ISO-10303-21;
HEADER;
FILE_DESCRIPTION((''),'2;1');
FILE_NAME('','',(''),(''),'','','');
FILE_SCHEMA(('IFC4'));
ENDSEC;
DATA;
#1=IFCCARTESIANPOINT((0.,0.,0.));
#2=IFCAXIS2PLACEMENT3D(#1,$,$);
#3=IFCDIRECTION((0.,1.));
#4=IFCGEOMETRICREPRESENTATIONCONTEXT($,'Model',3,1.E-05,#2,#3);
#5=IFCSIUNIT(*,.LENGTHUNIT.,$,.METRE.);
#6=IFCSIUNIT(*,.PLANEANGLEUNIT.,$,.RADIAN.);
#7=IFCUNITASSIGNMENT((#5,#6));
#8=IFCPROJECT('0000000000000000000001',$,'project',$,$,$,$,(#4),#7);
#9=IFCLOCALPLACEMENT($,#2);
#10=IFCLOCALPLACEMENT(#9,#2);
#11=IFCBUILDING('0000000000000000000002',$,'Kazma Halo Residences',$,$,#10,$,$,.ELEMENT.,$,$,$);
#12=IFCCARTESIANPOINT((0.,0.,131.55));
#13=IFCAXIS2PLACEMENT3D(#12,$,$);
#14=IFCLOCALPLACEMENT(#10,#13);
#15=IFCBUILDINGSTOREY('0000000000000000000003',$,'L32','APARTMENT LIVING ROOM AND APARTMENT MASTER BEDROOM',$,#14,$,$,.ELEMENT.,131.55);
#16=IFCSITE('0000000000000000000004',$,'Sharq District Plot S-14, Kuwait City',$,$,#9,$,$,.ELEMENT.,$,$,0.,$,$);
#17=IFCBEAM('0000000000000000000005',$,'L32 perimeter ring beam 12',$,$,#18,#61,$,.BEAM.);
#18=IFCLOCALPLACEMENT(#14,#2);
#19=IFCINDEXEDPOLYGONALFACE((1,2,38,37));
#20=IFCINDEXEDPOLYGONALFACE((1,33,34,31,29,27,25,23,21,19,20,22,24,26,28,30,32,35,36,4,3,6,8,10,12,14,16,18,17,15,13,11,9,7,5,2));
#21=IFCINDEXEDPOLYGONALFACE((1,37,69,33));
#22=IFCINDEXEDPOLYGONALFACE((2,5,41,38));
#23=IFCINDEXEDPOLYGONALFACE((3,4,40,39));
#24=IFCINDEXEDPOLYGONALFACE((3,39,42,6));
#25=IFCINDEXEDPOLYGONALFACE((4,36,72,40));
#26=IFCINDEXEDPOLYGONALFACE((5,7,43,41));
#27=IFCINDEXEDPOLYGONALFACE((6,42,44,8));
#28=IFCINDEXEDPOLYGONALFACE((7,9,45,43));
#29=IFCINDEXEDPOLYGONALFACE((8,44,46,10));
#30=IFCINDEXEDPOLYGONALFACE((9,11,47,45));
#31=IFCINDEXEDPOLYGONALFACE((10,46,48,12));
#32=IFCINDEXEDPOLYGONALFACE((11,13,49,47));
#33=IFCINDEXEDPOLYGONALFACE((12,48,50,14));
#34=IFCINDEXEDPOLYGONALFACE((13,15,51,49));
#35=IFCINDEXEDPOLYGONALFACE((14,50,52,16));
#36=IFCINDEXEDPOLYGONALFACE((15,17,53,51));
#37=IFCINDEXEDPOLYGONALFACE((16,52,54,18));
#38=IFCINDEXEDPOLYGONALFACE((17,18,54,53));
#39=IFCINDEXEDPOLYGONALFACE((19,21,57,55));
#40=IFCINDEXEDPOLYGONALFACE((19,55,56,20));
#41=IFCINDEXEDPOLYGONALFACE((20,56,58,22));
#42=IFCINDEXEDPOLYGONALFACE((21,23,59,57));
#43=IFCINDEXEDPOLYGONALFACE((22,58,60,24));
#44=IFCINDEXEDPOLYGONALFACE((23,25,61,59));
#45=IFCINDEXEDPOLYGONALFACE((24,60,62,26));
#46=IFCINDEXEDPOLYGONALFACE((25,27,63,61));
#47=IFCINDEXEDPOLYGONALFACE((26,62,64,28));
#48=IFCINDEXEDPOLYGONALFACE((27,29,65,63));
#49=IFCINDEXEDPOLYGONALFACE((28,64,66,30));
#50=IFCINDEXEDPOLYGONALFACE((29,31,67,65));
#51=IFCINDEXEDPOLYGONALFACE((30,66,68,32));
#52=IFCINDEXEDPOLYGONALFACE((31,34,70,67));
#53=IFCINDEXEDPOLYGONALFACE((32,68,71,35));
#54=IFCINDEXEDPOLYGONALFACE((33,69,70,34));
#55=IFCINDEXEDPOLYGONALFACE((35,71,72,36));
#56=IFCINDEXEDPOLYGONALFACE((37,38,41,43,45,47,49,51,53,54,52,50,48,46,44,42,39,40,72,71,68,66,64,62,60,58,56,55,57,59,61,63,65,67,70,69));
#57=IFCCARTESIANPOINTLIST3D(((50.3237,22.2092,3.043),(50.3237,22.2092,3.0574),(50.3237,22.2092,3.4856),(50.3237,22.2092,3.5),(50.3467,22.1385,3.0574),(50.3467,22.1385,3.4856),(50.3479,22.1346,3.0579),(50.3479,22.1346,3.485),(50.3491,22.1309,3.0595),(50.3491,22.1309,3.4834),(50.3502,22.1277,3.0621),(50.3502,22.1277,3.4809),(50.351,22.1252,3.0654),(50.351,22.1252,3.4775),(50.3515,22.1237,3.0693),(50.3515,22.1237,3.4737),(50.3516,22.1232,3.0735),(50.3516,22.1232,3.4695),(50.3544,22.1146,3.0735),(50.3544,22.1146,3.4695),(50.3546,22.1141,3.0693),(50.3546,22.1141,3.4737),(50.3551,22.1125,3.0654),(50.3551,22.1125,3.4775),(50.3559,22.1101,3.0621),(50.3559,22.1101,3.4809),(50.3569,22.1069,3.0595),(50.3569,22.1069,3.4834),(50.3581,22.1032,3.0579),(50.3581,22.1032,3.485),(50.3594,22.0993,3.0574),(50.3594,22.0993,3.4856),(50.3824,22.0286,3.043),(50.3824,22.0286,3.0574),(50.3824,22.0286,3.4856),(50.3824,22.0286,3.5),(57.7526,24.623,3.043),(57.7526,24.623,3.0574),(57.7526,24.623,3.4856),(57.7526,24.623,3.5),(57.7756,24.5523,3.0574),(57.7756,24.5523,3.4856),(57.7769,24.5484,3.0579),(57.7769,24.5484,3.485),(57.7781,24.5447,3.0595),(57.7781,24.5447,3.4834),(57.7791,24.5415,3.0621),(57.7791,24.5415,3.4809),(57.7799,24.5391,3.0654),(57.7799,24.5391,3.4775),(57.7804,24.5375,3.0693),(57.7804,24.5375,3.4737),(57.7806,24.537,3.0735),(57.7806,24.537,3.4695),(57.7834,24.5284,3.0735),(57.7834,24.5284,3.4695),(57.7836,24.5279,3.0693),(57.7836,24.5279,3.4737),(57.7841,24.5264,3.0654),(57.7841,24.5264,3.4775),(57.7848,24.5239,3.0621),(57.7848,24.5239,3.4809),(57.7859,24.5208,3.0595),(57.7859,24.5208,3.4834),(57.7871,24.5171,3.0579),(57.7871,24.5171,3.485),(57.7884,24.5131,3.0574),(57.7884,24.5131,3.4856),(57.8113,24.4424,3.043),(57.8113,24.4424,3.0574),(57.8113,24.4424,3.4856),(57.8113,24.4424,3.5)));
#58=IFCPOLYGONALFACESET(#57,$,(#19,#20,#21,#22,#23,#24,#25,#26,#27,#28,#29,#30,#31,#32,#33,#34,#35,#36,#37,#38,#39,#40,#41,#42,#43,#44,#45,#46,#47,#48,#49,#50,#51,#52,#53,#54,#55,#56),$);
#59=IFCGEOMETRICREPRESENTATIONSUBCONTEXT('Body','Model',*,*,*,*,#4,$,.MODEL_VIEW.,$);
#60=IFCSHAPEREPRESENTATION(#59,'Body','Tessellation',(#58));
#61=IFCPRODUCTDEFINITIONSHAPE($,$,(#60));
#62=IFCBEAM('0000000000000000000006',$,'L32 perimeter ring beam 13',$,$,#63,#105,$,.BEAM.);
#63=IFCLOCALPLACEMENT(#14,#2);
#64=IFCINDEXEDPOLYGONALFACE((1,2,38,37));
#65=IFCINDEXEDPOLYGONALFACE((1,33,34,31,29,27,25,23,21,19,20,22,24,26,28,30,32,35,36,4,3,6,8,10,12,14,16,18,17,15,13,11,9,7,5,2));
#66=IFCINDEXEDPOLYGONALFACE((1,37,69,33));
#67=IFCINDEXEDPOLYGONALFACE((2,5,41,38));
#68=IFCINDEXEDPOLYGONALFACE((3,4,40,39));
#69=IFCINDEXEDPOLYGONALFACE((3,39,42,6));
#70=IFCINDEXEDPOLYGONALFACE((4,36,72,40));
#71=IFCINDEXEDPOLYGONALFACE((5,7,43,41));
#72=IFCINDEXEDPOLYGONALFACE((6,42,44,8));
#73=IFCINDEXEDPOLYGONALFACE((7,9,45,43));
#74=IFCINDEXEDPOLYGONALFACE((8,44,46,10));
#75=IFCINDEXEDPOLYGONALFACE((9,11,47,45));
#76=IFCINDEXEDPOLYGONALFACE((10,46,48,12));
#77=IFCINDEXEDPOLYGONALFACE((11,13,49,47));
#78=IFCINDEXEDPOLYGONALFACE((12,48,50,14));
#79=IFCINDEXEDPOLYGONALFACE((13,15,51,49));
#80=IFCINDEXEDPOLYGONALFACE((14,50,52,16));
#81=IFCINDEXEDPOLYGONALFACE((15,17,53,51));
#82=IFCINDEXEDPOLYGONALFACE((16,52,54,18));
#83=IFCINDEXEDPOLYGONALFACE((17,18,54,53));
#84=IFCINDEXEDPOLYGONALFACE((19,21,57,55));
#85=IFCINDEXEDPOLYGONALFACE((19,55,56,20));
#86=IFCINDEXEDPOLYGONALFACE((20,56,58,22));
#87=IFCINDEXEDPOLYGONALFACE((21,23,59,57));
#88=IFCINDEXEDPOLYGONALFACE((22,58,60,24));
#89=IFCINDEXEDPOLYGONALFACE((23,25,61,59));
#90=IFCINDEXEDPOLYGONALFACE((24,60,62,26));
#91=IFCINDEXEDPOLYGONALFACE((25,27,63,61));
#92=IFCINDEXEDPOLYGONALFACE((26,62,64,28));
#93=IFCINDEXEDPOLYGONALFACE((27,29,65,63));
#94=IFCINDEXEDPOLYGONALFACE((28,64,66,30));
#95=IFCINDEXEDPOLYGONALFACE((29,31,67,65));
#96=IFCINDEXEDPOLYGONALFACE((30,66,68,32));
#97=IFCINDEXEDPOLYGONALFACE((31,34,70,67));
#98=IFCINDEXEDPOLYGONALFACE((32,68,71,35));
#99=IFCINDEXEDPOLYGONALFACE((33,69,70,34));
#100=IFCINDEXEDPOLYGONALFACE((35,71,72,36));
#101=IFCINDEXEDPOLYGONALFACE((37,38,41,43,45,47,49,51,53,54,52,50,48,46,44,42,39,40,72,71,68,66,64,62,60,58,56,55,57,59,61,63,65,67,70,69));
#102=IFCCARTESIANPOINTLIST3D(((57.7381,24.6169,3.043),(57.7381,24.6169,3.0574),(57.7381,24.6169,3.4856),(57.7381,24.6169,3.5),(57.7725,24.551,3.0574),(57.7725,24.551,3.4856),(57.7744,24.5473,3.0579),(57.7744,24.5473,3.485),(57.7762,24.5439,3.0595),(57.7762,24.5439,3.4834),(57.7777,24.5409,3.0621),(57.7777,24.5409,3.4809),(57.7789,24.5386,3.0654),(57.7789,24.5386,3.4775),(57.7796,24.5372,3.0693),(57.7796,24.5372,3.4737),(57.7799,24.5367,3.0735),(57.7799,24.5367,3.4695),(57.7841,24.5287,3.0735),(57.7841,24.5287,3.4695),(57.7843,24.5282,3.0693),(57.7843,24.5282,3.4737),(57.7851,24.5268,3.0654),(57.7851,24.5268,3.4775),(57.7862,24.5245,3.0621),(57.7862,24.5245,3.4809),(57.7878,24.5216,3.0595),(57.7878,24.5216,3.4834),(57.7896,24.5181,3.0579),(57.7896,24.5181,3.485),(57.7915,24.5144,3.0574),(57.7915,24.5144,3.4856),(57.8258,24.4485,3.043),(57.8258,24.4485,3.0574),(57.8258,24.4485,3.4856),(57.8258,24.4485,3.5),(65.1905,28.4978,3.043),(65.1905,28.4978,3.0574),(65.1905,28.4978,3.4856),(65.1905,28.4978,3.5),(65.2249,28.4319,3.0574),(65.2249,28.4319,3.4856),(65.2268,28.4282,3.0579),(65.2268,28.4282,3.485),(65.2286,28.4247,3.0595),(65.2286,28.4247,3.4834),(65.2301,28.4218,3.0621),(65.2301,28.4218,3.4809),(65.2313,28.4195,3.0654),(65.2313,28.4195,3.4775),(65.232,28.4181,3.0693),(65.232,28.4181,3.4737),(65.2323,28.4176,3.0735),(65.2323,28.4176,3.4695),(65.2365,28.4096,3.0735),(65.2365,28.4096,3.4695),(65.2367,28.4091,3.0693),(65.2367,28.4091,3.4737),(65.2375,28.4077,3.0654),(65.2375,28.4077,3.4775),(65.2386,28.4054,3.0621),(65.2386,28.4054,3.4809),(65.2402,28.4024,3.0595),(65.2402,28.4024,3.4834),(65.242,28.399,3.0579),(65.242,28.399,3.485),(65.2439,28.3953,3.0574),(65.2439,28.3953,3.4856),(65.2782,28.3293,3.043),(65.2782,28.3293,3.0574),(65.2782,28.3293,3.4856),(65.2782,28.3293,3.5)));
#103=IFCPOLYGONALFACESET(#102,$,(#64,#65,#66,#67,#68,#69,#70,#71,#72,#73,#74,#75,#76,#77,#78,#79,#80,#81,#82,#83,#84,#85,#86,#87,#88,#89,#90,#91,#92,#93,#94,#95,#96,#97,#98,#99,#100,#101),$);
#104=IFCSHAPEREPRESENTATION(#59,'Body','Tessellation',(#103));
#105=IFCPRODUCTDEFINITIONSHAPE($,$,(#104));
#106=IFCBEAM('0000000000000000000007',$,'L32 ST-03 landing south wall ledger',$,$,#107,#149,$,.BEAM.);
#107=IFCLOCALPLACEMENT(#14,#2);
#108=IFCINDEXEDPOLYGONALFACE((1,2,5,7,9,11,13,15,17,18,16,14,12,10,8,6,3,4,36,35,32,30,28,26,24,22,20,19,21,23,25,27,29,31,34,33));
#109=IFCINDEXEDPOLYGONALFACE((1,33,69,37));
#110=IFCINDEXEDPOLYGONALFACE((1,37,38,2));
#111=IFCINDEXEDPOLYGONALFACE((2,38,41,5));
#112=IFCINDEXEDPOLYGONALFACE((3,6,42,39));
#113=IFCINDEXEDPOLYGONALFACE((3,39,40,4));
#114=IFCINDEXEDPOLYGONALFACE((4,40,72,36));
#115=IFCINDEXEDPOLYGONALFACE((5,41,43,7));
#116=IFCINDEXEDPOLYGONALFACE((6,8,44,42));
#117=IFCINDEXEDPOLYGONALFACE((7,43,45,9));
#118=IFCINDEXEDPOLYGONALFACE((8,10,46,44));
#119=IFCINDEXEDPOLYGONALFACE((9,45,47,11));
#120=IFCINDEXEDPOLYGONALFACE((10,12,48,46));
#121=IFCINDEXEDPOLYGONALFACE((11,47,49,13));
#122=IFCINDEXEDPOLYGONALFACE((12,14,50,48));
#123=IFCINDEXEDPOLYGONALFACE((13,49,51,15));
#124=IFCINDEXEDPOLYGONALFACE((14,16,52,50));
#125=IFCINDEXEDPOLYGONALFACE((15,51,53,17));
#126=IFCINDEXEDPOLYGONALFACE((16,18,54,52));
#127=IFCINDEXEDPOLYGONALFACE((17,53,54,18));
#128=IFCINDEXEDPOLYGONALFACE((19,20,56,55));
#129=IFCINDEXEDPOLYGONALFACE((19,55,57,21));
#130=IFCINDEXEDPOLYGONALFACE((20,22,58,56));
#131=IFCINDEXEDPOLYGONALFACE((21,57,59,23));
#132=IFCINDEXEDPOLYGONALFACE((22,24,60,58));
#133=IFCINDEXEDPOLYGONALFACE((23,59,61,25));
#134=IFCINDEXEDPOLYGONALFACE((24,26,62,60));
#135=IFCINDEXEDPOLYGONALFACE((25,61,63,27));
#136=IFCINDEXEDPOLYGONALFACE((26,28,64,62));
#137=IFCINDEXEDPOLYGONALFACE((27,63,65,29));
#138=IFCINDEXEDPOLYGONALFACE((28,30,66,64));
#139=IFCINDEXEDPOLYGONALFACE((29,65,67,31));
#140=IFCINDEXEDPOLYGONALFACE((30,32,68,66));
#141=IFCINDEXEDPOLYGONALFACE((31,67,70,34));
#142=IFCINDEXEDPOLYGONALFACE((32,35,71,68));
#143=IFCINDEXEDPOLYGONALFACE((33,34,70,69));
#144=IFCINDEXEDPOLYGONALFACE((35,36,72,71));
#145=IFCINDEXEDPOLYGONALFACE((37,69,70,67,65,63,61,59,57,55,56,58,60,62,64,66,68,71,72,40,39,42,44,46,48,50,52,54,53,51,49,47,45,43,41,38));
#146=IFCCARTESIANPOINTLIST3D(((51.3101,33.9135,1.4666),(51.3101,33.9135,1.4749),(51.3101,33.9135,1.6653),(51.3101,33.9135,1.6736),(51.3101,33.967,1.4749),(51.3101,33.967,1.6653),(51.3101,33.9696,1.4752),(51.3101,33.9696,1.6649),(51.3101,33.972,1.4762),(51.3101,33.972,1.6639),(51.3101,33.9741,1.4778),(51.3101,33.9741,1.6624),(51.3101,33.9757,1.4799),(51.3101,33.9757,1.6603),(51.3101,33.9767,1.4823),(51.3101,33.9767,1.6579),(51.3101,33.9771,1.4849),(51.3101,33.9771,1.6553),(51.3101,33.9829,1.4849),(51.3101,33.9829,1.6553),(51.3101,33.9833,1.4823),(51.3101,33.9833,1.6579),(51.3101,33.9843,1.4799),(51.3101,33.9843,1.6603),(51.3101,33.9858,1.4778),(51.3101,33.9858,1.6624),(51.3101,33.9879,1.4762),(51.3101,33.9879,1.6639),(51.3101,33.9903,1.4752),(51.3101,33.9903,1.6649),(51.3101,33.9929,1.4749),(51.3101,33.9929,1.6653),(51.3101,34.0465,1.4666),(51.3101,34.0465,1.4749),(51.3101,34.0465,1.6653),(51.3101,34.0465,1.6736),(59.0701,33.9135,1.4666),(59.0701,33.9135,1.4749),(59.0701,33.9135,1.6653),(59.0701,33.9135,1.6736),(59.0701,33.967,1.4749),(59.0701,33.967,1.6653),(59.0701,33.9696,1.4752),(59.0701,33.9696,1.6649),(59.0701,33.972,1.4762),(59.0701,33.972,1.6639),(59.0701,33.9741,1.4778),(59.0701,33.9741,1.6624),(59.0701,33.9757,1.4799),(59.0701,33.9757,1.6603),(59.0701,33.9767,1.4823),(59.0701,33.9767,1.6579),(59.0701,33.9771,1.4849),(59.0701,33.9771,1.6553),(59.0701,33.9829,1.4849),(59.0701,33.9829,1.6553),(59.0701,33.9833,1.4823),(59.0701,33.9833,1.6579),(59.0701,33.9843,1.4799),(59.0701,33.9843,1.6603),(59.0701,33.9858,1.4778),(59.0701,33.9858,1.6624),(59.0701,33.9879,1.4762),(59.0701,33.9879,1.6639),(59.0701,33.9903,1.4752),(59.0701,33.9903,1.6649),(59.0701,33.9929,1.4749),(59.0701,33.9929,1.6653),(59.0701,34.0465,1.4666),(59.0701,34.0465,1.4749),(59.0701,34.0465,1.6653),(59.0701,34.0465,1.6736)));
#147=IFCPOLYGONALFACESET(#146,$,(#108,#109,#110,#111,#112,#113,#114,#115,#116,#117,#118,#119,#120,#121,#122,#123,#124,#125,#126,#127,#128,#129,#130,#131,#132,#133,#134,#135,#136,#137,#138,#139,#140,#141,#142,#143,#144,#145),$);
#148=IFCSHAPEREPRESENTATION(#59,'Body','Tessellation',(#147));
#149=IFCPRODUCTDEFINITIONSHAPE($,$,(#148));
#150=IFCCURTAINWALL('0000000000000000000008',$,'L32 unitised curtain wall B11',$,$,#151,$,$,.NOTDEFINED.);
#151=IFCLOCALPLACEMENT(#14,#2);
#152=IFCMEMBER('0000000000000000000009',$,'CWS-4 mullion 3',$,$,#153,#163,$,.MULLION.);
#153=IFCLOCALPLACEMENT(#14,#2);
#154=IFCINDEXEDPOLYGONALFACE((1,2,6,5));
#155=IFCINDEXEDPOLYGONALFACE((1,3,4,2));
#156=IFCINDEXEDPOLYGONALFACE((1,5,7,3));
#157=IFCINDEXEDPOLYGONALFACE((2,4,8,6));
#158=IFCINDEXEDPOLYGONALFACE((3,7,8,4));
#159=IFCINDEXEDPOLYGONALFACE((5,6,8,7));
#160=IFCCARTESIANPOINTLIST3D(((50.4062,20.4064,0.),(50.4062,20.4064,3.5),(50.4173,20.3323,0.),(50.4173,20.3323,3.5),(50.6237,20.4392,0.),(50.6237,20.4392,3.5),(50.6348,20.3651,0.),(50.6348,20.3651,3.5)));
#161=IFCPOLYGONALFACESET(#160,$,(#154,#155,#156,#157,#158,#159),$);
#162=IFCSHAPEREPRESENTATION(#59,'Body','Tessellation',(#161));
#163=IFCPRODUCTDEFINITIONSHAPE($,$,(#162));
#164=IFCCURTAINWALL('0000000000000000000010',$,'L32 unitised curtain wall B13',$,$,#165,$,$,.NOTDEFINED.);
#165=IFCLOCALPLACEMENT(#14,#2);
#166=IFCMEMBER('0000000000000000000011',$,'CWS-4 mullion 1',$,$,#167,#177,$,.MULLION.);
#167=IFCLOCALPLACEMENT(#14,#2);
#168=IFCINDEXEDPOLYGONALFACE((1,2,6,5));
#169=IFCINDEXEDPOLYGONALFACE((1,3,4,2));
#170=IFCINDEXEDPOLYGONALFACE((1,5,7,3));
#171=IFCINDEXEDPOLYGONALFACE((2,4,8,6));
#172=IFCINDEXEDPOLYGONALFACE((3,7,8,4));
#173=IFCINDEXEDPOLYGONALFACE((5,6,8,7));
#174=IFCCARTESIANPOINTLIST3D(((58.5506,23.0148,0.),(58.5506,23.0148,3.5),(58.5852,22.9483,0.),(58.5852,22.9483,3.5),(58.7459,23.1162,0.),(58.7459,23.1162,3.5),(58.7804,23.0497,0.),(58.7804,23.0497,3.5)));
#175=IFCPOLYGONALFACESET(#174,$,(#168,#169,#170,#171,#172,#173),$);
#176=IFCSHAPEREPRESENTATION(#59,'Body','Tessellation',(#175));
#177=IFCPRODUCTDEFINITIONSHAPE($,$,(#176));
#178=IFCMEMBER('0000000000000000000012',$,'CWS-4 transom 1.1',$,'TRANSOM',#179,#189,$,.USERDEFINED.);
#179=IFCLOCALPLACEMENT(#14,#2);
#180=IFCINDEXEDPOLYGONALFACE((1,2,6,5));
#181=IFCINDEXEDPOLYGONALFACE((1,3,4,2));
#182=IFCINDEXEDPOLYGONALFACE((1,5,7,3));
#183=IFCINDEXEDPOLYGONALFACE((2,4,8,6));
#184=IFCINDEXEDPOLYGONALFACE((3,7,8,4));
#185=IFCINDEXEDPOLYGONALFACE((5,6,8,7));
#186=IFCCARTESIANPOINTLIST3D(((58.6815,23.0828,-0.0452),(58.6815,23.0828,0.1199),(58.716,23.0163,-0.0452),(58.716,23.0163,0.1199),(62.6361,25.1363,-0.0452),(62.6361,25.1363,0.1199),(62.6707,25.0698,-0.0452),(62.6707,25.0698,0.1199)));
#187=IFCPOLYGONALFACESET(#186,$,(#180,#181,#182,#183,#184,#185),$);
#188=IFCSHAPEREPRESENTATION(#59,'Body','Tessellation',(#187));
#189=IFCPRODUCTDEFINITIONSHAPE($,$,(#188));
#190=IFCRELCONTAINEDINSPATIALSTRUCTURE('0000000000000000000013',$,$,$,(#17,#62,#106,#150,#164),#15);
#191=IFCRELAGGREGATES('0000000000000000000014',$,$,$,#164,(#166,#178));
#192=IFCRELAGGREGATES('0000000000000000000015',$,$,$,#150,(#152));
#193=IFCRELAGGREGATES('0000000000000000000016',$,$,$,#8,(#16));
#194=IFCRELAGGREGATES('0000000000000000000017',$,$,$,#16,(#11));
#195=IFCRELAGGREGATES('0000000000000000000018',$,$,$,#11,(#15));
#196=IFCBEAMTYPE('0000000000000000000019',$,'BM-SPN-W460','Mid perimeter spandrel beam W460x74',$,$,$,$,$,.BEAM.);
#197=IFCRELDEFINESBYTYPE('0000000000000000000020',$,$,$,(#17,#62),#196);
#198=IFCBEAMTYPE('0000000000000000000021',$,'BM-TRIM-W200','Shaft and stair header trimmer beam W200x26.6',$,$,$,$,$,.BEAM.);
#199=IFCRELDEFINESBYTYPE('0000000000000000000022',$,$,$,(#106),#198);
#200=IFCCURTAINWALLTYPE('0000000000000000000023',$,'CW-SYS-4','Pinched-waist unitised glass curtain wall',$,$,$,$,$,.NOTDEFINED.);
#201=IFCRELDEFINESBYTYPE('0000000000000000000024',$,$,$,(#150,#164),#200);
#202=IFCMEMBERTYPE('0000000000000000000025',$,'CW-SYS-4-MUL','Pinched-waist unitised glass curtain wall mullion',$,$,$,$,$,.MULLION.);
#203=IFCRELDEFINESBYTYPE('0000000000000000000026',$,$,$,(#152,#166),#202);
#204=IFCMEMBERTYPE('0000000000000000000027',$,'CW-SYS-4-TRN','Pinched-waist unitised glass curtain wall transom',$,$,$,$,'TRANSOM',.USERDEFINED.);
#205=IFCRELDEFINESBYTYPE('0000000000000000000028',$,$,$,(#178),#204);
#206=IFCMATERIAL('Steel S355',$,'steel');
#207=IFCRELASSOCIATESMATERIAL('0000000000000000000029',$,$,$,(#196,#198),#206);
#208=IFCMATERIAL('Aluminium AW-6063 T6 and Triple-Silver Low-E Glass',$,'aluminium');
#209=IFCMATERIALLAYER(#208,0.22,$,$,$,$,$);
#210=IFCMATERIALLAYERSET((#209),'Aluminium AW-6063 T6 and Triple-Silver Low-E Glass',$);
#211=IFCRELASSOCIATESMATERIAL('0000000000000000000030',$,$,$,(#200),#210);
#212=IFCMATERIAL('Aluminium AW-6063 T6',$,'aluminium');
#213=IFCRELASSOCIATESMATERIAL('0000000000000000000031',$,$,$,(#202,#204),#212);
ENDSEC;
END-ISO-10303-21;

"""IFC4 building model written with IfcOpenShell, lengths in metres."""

from ifc_helpers import new_model, si_unit, direction, frame, origin, origin_2d, place, context, subcontext, project, spatial, rectangle, i_section, extrude, material, layer, layer_set, material_profile, profile_set, type_object, element, aggregate, save


model = new_model("IFC4")

# Units and contexts
model_context = context("Model", 3, precision=1e-05, world=origin(), true_north=direction((0.0, 1.0)))
body_context = subcontext(model_context, "Body", "Model", "MODEL_VIEW")
ifc_project = project(units=[si_unit("LENGTHUNIT", "METRE"), si_unit("PLANEANGLEUNIT", "RADIAN")], contexts=[model_context])

# Site, building, storey
site_placement = place(None, origin())
site = spatial("IfcSite", under=ifc_project, at=site_placement, Name="Sharq District Plot S-14, Kuwait City", CompositionType="ELEMENT", RefElevation=0.0)
building_placement = place(site_placement, origin())
building = spatial("IfcBuilding", under=site, at=building_placement, Name="Kazma Halo Residences", CompositionType="ELEMENT")
storey_placement = place(building_placement, frame((0.0, 0.0, 131.55)))
storey = spatial("IfcBuildingStorey", under=building, at=storey_placement, Name="L32", Description="APARTMENT LIVING ROOM AND APARTMENT MASTER BEDROOM", CompositionType="ELEMENT", Elevation=131.55)

# Beams
ifc_material_1 = material(Name="Steel S355", Category="steel")
ifc_material_profile_1 = material_profile(ifc_material_1, i_section(OverallWidth=0.1899, OverallDepth=0.457, WebThickness=0.009, FlangeThickness=0.0144, FilletRadius=0.0161, at=origin_2d()), Name="W460x74")
ifc_profile_set_1 = profile_set([ifc_material_profile_1], Name="Steel S355")
beam_type_1 = type_object("IfcBeamType", Name="BM-SPN-W460", Description="Mid perimeter spandrel beam W460x74", PredefinedType="BEAM", material=ifc_profile_set_1)
beam_1_placement = place(storey_placement, frame((50.353, 22.1189, 3.2715), z_axis=(0.951056, 0.309018, 0.0), x_axis=(-0.309018, 0.951056, 0.0)))
element("IfcBeam", 1, at=beam_1_placement, inside=storey, type_object=beam_type_1, Name="L32 perimeter ring beam 12", PredefinedType="BEAM", context=body_context, shape_type="SweptSolid", body=[
    extrude(i_section(OverallWidth=0.1899, OverallDepth=0.457, WebThickness=0.009, FlangeThickness=0.0144, FilletRadius=0.0161, at=origin_2d()), origin(), (0.0, 0.0, 1.0), 7.8113),
])
beam_2_placement = place(storey_placement, frame((57.782, 24.5327, 3.2715), z_axis=(0.886943, 0.461879, 0.0), x_axis=(-0.461879, 0.886943, 0.0)))
element("IfcBeam", 2, at=beam_2_placement, inside=storey, type_object=beam_type_1, Name="L32 perimeter ring beam 13", PredefinedType="BEAM", context=body_context, shape_type="SweptSolid", body=[
    extrude(i_section(OverallWidth=0.1899, OverallDepth=0.457, WebThickness=0.009, FlangeThickness=0.0144, FilletRadius=0.0161, at=origin_2d()), origin(), (0.0, 0.0, 1.0), 8.4023),
])
ifc_material_profile_2 = material_profile(ifc_material_1, i_section(OverallWidth=0.1331, OverallDepth=0.207, WebThickness=0.0059, FlangeThickness=0.0083, FilletRadius=0.01, at=origin_2d()), Name="W200x26.6")
ifc_profile_set_2 = profile_set([ifc_material_profile_2], Name="Steel S355")
beam_type_2 = type_object("IfcBeamType", Name="BM-TRIM-W200", Description="Shaft and stair header trimmer beam W200x26.6", PredefinedType="BEAM", material=ifc_profile_set_2)
beam_3_placement = place(storey_placement, frame((51.3101, 33.98, 1.5701), z_axis=(1.0, 0.0, 0.0), x_axis=(0.0, 1.0, 0.0)))
element("IfcBeam", 3, at=beam_3_placement, inside=storey, type_object=beam_type_2, Name="L32 ST-03 landing south wall ledger", PredefinedType="BEAM", context=body_context, shape_type="SweptSolid", body=[
    extrude(i_section(OverallWidth=0.1331, OverallDepth=0.207, WebThickness=0.0059, FlangeThickness=0.0083, FilletRadius=0.01, at=origin_2d()), origin(), (0.0, 0.0, 1.0), 7.76),
])

# Curtain wall, member
ifc_material_2 = material(Name="Aluminium AW-6063 T6 and Triple-Silver Low-E Glass", Category="aluminium")
ifc_layer_1 = layer(ifc_material_2, 0.22)
ifc_layer_set_1 = layer_set([ifc_layer_1], Name="Aluminium AW-6063 T6 and Triple-Silver Low-E Glass")
curtain_wall_type = type_object("IfcCurtainWallType", Name="CW-SYS-4", Description="Pinched-waist unitised glass curtain wall", PredefinedType="NOTDEFINED", material=ifc_layer_set_1)
curtain_wall_1_placement = place(storey_placement, origin())
curtain_wall_1 = element("IfcCurtainWall", 4, at=curtain_wall_1_placement, inside=storey, type_object=curtain_wall_type, Name="L32 unitised curtain wall B11", PredefinedType="NOTDEFINED")
ifc_material_3 = material(Name="Aluminium AW-6063 T6", Category="aluminium")
ifc_material_profile_3 = material_profile(ifc_material_3, rectangle(XDim=0.075, YDim=0.22, at=origin_2d()), Name="CWM-75x220")
ifc_profile_set_3 = profile_set([ifc_material_profile_3], Name="Aluminium AW-6063 T6")
member_type_1 = type_object("IfcMemberType", Name="CW-SYS-4-MUL", Description="Pinched-waist unitised glass curtain wall mullion", PredefinedType="MULLION", material=ifc_profile_set_3)
member_1_placement = place(storey_placement, frame((50.5205, 20.3857, 0.0), z_axis=(0.0, 0.0, 1.0), x_axis=(-0.148821, 0.988864, 0.0)))
member_1 = element("IfcMember", 5, at=member_1_placement, type_object=member_type_1, Name="CWS-4 mullion 3", PredefinedType="MULLION", context=body_context, shape_type="SweptSolid", body=[
    extrude(rectangle(XDim=0.075, YDim=0.22, at=origin_2d()), origin(), (0.0, 0.0, 1.0), 3.5),
])

# Curtain wall, members
curtain_wall_2_placement = place(storey_placement, origin())
curtain_wall_2 = element("IfcCurtainWall", 6, at=curtain_wall_2_placement, inside=storey, type_object=curtain_wall_type, Name="L32 unitised curtain wall B13", PredefinedType="NOTDEFINED")
member_2_placement = place(storey_placement, frame((58.6655, 23.0322, 0.0), z_axis=(0.0, 0.0, 1.0), x_axis=(-0.460837, 0.887485, 0.0)))
member_2 = element("IfcMember", 7, at=member_2_placement, type_object=member_type_1, Name="CWS-4 mullion 1", PredefinedType="MULLION", context=body_context, shape_type="SweptSolid", body=[
    extrude(rectangle(XDim=0.075, YDim=0.22, at=origin_2d()), origin(), (0.0, 0.0, 1.0), 3.5),
])
ifc_material_profile_4 = material_profile(ifc_material_3, rectangle(XDim=0.075, YDim=0.165, at=origin_2d()), Name="CWT-75x165")
ifc_profile_set_4 = profile_set([ifc_material_profile_4], Name="Aluminium AW-6063 T6")
member_type_2 = type_object("IfcMemberType", Name="CW-SYS-4-TRN", Description="Pinched-waist unitised glass curtain wall transom", ElementType="TRANSOM", PredefinedType="USERDEFINED", material=ifc_profile_set_4)
member_3_placement = place(storey_placement, frame((58.6987, 23.0496, 0.0374), z_axis=(0.887485, 0.460837, 0.0), x_axis=(-0.460837, 0.887485, 0.0)))
member_3 = element("IfcMember", 8, at=member_3_placement, type_object=member_type_2, Name="CWS-4 transom 1.1", ObjectType="TRANSOM", PredefinedType="USERDEFINED", context=body_context, shape_type="SweptSolid", body=[
    extrude(rectangle(XDim=0.075, YDim=0.165, at=origin_2d()), origin(), (0.0, 0.0, 1.0), 4.4561),
])
aggregate(curtain_wall_2, [member_2, member_3])

aggregate(curtain_wall_1, [member_1])

save(model, "model.ifc")
